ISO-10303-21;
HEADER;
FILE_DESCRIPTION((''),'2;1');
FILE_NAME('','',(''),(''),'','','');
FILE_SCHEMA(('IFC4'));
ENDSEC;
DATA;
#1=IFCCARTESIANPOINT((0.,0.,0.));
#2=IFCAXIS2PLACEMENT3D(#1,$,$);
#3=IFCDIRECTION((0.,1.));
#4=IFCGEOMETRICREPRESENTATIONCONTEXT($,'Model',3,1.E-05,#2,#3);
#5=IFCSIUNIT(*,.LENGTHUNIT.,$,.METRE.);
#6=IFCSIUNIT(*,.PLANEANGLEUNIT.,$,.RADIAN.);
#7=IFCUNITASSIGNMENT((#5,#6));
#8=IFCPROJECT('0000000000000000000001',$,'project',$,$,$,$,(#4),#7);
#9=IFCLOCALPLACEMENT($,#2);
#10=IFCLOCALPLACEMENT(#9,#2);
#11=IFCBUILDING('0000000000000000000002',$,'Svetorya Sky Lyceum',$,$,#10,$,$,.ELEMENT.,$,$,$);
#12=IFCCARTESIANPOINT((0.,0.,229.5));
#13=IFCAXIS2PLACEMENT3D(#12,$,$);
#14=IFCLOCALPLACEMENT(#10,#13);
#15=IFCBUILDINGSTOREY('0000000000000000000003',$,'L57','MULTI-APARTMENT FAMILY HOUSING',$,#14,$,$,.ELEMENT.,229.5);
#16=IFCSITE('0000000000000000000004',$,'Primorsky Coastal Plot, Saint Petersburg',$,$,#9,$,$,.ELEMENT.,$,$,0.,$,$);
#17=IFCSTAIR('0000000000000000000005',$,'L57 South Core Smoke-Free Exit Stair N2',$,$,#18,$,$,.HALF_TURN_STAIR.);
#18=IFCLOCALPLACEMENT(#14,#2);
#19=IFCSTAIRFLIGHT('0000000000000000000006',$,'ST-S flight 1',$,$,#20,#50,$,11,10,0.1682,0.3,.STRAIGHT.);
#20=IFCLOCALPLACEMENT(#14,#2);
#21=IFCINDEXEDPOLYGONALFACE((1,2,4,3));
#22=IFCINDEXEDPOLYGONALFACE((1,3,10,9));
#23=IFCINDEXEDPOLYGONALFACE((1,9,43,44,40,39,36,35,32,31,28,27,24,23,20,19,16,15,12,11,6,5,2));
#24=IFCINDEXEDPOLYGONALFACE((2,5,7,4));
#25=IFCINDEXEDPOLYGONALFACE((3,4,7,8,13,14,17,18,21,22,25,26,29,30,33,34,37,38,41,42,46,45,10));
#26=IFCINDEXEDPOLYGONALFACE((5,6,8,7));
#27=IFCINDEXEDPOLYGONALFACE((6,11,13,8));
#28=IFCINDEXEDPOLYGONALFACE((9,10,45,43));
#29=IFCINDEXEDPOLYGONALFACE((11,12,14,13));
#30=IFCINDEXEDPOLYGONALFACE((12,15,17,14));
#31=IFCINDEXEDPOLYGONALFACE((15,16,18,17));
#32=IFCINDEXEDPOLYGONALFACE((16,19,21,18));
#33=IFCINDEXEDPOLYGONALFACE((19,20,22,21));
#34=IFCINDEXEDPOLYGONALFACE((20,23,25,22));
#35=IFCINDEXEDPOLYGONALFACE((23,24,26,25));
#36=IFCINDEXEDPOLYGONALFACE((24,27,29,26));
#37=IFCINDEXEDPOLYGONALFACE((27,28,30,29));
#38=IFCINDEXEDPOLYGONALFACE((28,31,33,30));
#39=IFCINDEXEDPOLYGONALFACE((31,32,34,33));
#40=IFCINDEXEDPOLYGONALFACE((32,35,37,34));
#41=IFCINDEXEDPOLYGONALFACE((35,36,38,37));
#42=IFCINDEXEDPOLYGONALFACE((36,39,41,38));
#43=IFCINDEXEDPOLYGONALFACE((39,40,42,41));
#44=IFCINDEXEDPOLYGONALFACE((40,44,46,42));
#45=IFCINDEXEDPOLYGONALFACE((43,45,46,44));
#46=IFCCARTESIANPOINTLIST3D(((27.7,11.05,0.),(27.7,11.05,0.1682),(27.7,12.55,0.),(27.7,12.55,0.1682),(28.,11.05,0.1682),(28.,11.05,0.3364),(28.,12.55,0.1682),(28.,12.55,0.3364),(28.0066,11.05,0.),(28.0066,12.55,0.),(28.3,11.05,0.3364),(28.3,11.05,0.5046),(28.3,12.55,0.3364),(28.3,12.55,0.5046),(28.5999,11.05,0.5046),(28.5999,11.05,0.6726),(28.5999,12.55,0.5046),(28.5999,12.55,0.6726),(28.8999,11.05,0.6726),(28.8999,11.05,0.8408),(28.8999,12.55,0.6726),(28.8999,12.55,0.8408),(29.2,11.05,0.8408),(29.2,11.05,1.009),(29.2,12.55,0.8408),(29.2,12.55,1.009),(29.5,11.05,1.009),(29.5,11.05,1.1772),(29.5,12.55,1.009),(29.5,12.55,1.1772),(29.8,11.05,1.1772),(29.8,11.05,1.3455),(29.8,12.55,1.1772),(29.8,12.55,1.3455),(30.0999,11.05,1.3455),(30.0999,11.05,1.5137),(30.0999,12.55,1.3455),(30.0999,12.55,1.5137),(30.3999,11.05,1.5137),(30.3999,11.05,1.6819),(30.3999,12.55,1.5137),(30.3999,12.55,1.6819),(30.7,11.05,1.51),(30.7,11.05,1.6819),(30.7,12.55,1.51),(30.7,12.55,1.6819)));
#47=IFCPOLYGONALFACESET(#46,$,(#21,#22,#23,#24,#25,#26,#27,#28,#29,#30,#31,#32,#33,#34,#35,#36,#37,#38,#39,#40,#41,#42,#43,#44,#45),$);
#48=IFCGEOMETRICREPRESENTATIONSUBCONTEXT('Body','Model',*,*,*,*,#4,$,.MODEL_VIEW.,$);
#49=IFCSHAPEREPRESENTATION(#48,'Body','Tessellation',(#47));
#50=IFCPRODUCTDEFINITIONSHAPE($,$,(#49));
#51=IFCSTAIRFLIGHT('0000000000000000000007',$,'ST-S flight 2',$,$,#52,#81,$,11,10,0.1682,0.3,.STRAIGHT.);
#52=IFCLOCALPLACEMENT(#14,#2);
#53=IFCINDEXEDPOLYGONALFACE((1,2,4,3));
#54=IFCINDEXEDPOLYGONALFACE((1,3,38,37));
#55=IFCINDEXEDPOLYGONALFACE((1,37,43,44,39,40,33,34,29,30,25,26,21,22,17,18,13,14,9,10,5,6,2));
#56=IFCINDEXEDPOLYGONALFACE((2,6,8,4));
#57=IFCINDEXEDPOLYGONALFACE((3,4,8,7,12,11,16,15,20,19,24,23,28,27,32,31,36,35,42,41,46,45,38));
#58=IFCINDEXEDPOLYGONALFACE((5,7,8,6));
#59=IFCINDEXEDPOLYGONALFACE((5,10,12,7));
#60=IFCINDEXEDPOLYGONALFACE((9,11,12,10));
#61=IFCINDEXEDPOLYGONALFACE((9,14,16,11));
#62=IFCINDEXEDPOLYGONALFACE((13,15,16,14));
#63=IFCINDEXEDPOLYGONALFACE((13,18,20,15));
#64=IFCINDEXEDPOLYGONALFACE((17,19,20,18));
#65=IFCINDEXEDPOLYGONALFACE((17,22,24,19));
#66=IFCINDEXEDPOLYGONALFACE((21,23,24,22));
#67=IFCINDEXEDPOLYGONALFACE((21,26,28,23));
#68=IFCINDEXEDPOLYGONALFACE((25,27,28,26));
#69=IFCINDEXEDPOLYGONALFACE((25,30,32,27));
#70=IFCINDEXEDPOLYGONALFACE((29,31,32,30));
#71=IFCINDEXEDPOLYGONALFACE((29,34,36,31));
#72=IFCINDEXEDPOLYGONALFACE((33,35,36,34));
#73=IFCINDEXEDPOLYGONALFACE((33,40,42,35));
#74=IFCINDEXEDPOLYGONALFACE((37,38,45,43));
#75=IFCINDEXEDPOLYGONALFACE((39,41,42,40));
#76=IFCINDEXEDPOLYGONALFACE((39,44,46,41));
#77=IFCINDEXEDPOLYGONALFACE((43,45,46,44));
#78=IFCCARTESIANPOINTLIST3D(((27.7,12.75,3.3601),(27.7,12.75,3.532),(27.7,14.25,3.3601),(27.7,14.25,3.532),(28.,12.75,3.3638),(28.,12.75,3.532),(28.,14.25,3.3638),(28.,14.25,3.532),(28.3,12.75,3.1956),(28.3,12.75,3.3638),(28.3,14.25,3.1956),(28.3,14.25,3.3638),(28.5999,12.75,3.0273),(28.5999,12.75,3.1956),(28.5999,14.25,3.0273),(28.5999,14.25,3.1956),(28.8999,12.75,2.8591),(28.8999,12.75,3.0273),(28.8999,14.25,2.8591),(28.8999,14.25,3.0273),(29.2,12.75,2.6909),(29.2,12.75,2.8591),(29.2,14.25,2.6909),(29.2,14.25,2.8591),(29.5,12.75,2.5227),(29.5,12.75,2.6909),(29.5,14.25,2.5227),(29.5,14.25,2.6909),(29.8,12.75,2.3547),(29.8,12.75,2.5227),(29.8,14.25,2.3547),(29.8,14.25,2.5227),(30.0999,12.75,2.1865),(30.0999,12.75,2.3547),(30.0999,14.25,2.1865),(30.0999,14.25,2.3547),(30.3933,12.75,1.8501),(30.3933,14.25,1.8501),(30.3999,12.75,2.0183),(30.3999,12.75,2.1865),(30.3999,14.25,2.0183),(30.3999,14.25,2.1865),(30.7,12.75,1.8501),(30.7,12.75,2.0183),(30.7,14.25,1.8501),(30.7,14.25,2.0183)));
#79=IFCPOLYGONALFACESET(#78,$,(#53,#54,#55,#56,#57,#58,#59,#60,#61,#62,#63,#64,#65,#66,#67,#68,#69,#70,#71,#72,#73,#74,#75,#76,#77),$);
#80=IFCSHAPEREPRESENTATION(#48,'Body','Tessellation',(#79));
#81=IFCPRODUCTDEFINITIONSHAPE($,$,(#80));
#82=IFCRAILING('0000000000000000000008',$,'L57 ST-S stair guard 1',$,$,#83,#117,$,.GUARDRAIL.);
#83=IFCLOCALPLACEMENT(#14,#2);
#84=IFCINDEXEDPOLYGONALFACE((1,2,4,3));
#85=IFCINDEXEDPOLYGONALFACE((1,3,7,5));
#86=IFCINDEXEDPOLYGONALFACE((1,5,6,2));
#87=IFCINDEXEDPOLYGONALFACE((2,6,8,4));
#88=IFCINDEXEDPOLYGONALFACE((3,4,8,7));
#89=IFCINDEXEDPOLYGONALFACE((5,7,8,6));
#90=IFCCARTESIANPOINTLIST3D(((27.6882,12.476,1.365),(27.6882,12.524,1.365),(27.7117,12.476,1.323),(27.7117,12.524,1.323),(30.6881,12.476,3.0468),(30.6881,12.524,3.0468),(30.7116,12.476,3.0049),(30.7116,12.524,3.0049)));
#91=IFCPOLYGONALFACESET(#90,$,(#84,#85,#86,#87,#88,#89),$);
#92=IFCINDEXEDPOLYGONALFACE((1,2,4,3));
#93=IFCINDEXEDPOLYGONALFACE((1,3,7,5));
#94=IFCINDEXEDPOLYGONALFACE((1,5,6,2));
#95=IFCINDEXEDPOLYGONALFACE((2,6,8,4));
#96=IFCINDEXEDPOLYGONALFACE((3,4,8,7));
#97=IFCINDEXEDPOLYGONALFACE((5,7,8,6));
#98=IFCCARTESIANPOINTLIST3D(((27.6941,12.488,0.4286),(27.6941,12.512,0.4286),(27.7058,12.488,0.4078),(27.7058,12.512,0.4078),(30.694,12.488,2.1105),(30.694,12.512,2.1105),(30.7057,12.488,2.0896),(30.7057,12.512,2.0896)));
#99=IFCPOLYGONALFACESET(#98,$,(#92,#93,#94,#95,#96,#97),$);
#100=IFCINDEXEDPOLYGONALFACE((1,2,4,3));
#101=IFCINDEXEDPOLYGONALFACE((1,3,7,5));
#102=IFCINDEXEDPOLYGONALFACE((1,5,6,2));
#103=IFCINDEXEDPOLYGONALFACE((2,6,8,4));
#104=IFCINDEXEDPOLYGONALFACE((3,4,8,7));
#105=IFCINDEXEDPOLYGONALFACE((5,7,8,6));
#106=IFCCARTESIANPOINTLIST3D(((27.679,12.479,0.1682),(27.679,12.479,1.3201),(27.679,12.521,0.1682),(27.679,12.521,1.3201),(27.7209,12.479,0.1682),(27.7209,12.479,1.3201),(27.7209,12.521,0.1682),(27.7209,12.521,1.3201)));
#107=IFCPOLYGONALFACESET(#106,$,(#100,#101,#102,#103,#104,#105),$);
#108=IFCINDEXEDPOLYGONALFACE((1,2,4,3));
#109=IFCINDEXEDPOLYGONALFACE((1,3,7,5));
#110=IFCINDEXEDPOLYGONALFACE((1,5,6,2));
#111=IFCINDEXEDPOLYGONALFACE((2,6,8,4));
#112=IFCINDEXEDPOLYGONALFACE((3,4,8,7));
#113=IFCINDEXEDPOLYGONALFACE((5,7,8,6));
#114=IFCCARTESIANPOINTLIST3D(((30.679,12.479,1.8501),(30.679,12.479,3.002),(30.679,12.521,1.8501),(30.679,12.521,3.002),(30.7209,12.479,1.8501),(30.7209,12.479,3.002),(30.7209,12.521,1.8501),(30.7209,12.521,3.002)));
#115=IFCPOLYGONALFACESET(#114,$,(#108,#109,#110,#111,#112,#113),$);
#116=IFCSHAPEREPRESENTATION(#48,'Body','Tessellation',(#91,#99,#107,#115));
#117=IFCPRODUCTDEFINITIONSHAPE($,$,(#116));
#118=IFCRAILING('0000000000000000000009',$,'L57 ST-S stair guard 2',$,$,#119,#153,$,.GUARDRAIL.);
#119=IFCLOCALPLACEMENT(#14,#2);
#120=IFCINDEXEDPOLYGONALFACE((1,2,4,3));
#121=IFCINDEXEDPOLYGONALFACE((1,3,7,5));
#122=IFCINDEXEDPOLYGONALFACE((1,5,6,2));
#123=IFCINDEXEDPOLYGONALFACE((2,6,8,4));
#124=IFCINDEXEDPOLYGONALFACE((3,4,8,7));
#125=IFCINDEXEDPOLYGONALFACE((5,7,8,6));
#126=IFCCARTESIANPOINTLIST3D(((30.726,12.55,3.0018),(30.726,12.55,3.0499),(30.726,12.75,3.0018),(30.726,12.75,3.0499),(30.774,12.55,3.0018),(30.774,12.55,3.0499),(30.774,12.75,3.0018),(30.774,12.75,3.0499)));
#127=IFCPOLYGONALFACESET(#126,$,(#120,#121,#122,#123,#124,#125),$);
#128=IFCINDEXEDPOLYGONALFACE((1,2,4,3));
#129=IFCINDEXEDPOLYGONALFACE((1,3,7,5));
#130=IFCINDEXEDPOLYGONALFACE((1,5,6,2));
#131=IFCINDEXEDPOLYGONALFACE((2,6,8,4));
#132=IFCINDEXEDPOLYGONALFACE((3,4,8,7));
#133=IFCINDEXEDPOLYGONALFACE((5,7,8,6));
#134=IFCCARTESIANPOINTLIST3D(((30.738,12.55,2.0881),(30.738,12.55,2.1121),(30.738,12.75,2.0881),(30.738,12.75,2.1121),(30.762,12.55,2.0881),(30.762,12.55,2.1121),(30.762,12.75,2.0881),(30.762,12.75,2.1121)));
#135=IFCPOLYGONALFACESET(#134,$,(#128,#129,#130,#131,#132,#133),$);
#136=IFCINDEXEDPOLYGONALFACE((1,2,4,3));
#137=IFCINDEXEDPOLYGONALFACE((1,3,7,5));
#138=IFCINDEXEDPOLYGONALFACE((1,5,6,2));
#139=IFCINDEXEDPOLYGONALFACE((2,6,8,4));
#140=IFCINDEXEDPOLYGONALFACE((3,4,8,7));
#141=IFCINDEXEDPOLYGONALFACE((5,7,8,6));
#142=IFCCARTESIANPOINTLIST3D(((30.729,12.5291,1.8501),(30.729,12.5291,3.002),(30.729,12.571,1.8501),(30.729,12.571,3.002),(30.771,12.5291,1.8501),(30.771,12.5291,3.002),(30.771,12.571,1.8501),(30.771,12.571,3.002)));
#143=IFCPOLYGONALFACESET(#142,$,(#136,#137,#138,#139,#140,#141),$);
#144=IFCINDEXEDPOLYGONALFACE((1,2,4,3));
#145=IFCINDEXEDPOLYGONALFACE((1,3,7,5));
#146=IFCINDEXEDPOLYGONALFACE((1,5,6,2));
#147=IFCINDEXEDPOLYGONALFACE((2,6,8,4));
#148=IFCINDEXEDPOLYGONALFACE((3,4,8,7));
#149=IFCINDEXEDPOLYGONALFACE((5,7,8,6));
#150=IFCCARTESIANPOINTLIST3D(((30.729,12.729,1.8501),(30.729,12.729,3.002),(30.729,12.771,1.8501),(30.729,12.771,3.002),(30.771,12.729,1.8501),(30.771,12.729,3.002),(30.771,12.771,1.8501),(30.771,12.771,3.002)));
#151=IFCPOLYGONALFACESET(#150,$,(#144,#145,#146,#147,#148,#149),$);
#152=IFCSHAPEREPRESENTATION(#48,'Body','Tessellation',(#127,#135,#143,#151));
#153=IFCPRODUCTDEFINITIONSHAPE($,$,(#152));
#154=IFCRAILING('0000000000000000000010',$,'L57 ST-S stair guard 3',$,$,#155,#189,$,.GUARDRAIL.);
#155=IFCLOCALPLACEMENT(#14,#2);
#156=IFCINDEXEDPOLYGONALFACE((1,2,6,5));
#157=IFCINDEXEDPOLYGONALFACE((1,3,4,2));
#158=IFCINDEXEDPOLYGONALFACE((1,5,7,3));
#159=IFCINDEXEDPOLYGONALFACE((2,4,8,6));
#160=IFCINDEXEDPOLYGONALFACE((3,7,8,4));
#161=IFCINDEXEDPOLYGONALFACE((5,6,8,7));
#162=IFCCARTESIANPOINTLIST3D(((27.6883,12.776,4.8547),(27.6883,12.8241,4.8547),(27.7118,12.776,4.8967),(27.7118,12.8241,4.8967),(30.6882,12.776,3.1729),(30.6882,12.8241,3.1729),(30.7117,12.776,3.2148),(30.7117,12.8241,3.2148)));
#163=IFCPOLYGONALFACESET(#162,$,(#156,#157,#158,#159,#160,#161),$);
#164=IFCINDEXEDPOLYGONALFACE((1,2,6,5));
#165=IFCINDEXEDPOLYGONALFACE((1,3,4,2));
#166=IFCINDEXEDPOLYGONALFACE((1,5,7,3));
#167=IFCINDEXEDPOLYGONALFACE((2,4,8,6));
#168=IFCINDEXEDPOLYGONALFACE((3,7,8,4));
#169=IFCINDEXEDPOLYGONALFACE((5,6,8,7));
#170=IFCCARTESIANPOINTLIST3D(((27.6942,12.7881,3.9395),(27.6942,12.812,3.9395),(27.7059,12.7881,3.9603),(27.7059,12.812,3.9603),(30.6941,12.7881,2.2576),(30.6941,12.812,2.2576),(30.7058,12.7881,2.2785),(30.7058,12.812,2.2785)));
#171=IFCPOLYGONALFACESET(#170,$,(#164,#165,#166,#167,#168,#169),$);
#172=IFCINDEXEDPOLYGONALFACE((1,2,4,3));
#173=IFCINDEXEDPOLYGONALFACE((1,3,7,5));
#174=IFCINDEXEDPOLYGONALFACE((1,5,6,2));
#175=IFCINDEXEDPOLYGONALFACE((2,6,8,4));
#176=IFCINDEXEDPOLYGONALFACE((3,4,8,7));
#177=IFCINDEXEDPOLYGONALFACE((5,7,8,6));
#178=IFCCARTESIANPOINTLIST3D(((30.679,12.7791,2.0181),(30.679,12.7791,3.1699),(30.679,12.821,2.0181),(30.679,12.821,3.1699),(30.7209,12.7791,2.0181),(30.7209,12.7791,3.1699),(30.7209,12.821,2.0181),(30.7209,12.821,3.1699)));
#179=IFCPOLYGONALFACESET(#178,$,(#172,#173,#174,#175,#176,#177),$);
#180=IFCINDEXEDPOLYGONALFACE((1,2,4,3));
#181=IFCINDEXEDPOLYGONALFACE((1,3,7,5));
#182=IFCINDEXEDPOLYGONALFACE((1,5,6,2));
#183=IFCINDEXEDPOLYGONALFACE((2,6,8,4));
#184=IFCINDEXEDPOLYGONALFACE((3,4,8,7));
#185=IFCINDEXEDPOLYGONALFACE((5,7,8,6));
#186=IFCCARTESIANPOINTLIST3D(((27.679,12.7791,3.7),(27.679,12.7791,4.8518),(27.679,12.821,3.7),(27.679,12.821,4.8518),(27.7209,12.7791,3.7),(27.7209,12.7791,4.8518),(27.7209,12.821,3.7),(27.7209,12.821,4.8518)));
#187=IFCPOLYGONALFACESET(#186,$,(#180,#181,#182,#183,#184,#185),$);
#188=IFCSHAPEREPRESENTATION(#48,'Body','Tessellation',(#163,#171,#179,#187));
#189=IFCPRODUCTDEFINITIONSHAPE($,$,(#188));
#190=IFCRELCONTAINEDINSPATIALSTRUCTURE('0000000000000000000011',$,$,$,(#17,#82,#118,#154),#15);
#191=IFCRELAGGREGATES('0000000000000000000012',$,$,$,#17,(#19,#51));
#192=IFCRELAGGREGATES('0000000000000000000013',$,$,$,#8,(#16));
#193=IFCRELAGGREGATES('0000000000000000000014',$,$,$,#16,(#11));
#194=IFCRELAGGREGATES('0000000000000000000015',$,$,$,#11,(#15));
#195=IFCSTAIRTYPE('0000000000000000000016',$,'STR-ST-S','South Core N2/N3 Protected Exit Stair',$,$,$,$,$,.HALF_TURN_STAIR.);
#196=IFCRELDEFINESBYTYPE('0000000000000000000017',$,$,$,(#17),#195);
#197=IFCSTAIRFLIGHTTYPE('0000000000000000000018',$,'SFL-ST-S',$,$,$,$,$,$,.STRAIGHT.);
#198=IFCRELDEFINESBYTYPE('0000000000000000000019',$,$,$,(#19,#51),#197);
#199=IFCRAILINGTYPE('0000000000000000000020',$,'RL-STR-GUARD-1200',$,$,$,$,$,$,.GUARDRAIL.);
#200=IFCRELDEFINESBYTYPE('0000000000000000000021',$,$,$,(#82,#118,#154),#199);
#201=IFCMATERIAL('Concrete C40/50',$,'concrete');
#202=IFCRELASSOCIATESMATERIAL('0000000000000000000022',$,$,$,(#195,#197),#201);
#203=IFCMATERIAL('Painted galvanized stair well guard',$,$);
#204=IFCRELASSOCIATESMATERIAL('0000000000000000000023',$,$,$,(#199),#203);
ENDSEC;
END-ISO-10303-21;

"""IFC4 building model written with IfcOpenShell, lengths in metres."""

from ifc_helpers import new_model, si_unit, direction, frame, origin, origin_2d, place, context, subcontext, project, spatial, polyline, rectangle, outline, extrude, material, type_object, element, aggregate, save


model = new_model("IFC4")

# Units and contexts
model_context = context("Model", 3, precision=1e-05, world=origin(), true_north=direction((0.0, 1.0)))
body_context = subcontext(model_context, "Body", "Model", "MODEL_VIEW")
ifc_project = project(units=[si_unit("LENGTHUNIT", "METRE"), si_unit("PLANEANGLEUNIT", "RADIAN")], contexts=[model_context])

# Site, building, storey
site_placement = place(None, origin())
site = spatial("IfcSite", under=ifc_project, at=site_placement, Name="Primorsky Coastal Plot, Saint Petersburg", CompositionType="ELEMENT", RefElevation=0.0)
building_placement = place(site_placement, origin())
building = spatial("IfcBuilding", under=site, at=building_placement, Name="Svetorya Sky Lyceum", CompositionType="ELEMENT")
storey_placement = place(building_placement, frame((0.0, 0.0, 229.5)))
storey = spatial("IfcBuildingStorey", under=building, at=storey_placement, Name="L57", Description="MULTI-APARTMENT FAMILY HOUSING", CompositionType="ELEMENT", Elevation=229.5)

# Stair, stair flights
ifc_material_1 = material(Name="Concrete C40/50", Category="concrete")
stair_type = type_object("IfcStairType", Name="STR-ST-S", Description="South Core N2/N3 Protected Exit Stair", PredefinedType="HALF_TURN_STAIR", material=ifc_material_1)
stair_placement = place(storey_placement, origin())
stair = element("IfcStair", 1, at=stair_placement, inside=storey, type_object=stair_type, Name="L57 South Core Smoke-Free Exit Stair N2", PredefinedType="HALF_TURN_STAIR")
stair_flight_type = type_object("IfcStairFlightType", Name="SFL-ST-S", PredefinedType="STRAIGHT", material=ifc_material_1)
stair_flight_1_placement = place(storey_placement, frame((27.7, 11.8, 0.0), z_axis=(0.0, 0.0, 1.0), x_axis=(1.0, 0.0, 0.0)))
stair_flight_1 = element("IfcStairFlight", 2, at=stair_flight_1_placement, type_object=stair_flight_type, Name="ST-S flight 1", NumberOfRisers=11, NumberOfTreads=10, PredefinedType="STRAIGHT", RiserHeight=0.1682, TreadLength=0.3, context=body_context, shape_type="SweptSolid", body=[
    extrude(outline(polyline([(0.0, 0.0), (0.0, 0.1682), (0.3, 0.1682), (0.3, 0.3364), (0.6001, 0.3364), (0.6001, 0.5046), (0.8999, 0.5046), (0.8999, 0.6726), (1.2, 0.6726), (1.2, 0.8408), (1.5, 0.8408), (1.5, 1.009), (1.8, 1.009), (1.8, 1.1772), (2.1001, 1.1772), (2.1001, 1.3455), (2.3999, 1.3455), (2.3999, 1.5137), (2.7, 1.5137), (2.7, 1.6819), (3.0, 1.6819), (3.0, 1.8501), (3.0, 1.51), (0.3066, 0.0), (0.0, 0.0)])), frame((0.0, 0.75, 0.0), z_axis=(0.0, -1.0, 0.0), x_axis=(1.0, 0.0, 0.0)), (0.0, 0.0, 1.0), 1.5),
])
stair_flight_2_placement = place(storey_placement, frame((30.7, 13.5, 1.8501), z_axis=(0.0, 0.0, 1.0), x_axis=(-1.0, 0.0, 0.0)))
stair_flight_2 = element("IfcStairFlight", 3, at=stair_flight_2_placement, type_object=stair_flight_type, Name="ST-S flight 2", NumberOfRisers=11, NumberOfTreads=10, PredefinedType="STRAIGHT", RiserHeight=0.1682, TreadLength=0.3, context=body_context, shape_type="SweptSolid", body=[
    extrude(outline(polyline([(0.0, 0.0), (0.0, 0.1682), (0.3, 0.1682), (0.3, 0.3364), (0.6001, 0.3364), (0.6001, 0.5046), (0.8999, 0.5046), (0.8999, 0.6726), (1.2, 0.6726), (1.2, 0.8408), (1.5, 0.8408), (1.5, 1.009), (1.8, 1.009), (1.8, 1.1772), (2.1001, 1.1772), (2.1001, 1.3455), (2.3999, 1.3455), (2.3999, 1.5137), (2.7, 1.5137), (2.7, 1.6819), (3.0, 1.6819), (3.0, 1.8501), (3.0, 1.51), (0.3066, 0.0), (0.0, 0.0)])), frame((0.0, 0.75, 0.0), z_axis=(0.0, -1.0, 0.0), x_axis=(1.0, 0.0, 0.0)), (0.0, 0.0, 1.0), 1.5),
])
aggregate(stair, [stair_flight_1, stair_flight_2])

# Railings
ifc_material_2 = material(Name="Painted galvanized stair well guard")
railing_type_1 = type_object("IfcRailingType", Name="RL-STR-GUARD-1200", PredefinedType="GUARDRAIL", material=ifc_material_2)
railing_1_placement = place(storey_placement, frame((27.7, 12.5, 0.1682)))
element("IfcRailing", 4, at=railing_1_placement, inside=storey, type_object=railing_type_1, Name="L57 ST-S stair guard 1", PredefinedType="GUARDRAIL", context=body_context, shape_type="SweptSolid", body=[
    extrude(rectangle(XDim=0.0481, YDim=0.0481, at=origin_2d()), frame((0.0, 0.0, 1.1758), z_axis=(0.872272, 0.0, 0.48902), x_axis=(0.0, 1.0, 0.0)), (0.0, 0.0, 1.0), 3.4392),
    extrude(rectangle(XDim=0.0239, YDim=0.0239, at=origin_2d()), frame((0.0, 0.0, 0.25), z_axis=(0.872272, 0.0, 0.48902), x_axis=(0.0, 1.0, 0.0)), (0.0, 0.0, 1.0), 3.4392),
    extrude(rectangle(XDim=0.042, YDim=0.042, at=origin_2d()), origin(), (0.0, 0.0, 1.0), 1.1519),
    extrude(rectangle(XDim=0.042, YDim=0.042, at=origin_2d()), frame((3.0, 0.0, 1.6819)), (0.0, 0.0, 1.0), 1.1519),
])
railing_2_placement = place(storey_placement, frame((30.75, 12.55, 1.8501)))
element("IfcRailing", 5, at=railing_2_placement, inside=storey, type_object=railing_type_1, Name="L57 ST-S stair guard 2", PredefinedType="GUARDRAIL", context=body_context, shape_type="SweptSolid", body=[
    extrude(rectangle(XDim=0.0481, YDim=0.0481, at=origin_2d()), frame((0.0, 0.0, 1.1758), z_axis=(0.0, 1.0, 0.0), x_axis=(-1.0, 0.0, 0.0)), (0.0, 0.0, 1.0), 0.2),
    extrude(rectangle(XDim=0.0239, YDim=0.0239, at=origin_2d()), frame((0.0, 0.0, 0.25), z_axis=(0.0, 1.0, 0.0), x_axis=(-1.0, 0.0, 0.0)), (0.0, 0.0, 1.0), 0.2),
    extrude(rectangle(XDim=0.042, YDim=0.042, at=origin_2d()), origin(), (0.0, 0.0, 1.0), 1.1519),
    extrude(rectangle(XDim=0.042, YDim=0.042, at=origin_2d()), frame((0.0, 0.2, 0.0)), (0.0, 0.0, 1.0), 1.1519),
])
railing_3_placement = place(storey_placement, frame((30.7, 12.8, 2.0181)))
element("IfcRailing", 6, at=railing_3_placement, inside=storey, type_object=railing_type_1, Name="L57 ST-S stair guard 3", PredefinedType="GUARDRAIL", context=body_context, shape_type="SweptSolid", body=[
    extrude(rectangle(XDim=0.0481, YDim=0.0481, at=origin_2d()), frame((0.0, 0.0, 1.1758), z_axis=(-0.872272, 0.0, 0.48902), x_axis=(0.0, -1.0, 0.0)), (0.0, 0.0, 1.0), 3.4392),
    extrude(rectangle(XDim=0.0239, YDim=0.0239, at=origin_2d()), frame((0.0, 0.0, 0.25), z_axis=(-0.872272, 0.0, 0.48902), x_axis=(0.0, -1.0, 0.0)), (0.0, 0.0, 1.0), 3.4392),
    extrude(rectangle(XDim=0.042, YDim=0.042, at=origin_2d()), origin(), (0.0, 0.0, 1.0), 1.1519),
    extrude(rectangle(XDim=0.042, YDim=0.042, at=origin_2d()), frame((-3.0, 0.0, 1.6819)), (0.0, 0.0, 1.0), 1.1519),
])

save(model, "model.ifc")
